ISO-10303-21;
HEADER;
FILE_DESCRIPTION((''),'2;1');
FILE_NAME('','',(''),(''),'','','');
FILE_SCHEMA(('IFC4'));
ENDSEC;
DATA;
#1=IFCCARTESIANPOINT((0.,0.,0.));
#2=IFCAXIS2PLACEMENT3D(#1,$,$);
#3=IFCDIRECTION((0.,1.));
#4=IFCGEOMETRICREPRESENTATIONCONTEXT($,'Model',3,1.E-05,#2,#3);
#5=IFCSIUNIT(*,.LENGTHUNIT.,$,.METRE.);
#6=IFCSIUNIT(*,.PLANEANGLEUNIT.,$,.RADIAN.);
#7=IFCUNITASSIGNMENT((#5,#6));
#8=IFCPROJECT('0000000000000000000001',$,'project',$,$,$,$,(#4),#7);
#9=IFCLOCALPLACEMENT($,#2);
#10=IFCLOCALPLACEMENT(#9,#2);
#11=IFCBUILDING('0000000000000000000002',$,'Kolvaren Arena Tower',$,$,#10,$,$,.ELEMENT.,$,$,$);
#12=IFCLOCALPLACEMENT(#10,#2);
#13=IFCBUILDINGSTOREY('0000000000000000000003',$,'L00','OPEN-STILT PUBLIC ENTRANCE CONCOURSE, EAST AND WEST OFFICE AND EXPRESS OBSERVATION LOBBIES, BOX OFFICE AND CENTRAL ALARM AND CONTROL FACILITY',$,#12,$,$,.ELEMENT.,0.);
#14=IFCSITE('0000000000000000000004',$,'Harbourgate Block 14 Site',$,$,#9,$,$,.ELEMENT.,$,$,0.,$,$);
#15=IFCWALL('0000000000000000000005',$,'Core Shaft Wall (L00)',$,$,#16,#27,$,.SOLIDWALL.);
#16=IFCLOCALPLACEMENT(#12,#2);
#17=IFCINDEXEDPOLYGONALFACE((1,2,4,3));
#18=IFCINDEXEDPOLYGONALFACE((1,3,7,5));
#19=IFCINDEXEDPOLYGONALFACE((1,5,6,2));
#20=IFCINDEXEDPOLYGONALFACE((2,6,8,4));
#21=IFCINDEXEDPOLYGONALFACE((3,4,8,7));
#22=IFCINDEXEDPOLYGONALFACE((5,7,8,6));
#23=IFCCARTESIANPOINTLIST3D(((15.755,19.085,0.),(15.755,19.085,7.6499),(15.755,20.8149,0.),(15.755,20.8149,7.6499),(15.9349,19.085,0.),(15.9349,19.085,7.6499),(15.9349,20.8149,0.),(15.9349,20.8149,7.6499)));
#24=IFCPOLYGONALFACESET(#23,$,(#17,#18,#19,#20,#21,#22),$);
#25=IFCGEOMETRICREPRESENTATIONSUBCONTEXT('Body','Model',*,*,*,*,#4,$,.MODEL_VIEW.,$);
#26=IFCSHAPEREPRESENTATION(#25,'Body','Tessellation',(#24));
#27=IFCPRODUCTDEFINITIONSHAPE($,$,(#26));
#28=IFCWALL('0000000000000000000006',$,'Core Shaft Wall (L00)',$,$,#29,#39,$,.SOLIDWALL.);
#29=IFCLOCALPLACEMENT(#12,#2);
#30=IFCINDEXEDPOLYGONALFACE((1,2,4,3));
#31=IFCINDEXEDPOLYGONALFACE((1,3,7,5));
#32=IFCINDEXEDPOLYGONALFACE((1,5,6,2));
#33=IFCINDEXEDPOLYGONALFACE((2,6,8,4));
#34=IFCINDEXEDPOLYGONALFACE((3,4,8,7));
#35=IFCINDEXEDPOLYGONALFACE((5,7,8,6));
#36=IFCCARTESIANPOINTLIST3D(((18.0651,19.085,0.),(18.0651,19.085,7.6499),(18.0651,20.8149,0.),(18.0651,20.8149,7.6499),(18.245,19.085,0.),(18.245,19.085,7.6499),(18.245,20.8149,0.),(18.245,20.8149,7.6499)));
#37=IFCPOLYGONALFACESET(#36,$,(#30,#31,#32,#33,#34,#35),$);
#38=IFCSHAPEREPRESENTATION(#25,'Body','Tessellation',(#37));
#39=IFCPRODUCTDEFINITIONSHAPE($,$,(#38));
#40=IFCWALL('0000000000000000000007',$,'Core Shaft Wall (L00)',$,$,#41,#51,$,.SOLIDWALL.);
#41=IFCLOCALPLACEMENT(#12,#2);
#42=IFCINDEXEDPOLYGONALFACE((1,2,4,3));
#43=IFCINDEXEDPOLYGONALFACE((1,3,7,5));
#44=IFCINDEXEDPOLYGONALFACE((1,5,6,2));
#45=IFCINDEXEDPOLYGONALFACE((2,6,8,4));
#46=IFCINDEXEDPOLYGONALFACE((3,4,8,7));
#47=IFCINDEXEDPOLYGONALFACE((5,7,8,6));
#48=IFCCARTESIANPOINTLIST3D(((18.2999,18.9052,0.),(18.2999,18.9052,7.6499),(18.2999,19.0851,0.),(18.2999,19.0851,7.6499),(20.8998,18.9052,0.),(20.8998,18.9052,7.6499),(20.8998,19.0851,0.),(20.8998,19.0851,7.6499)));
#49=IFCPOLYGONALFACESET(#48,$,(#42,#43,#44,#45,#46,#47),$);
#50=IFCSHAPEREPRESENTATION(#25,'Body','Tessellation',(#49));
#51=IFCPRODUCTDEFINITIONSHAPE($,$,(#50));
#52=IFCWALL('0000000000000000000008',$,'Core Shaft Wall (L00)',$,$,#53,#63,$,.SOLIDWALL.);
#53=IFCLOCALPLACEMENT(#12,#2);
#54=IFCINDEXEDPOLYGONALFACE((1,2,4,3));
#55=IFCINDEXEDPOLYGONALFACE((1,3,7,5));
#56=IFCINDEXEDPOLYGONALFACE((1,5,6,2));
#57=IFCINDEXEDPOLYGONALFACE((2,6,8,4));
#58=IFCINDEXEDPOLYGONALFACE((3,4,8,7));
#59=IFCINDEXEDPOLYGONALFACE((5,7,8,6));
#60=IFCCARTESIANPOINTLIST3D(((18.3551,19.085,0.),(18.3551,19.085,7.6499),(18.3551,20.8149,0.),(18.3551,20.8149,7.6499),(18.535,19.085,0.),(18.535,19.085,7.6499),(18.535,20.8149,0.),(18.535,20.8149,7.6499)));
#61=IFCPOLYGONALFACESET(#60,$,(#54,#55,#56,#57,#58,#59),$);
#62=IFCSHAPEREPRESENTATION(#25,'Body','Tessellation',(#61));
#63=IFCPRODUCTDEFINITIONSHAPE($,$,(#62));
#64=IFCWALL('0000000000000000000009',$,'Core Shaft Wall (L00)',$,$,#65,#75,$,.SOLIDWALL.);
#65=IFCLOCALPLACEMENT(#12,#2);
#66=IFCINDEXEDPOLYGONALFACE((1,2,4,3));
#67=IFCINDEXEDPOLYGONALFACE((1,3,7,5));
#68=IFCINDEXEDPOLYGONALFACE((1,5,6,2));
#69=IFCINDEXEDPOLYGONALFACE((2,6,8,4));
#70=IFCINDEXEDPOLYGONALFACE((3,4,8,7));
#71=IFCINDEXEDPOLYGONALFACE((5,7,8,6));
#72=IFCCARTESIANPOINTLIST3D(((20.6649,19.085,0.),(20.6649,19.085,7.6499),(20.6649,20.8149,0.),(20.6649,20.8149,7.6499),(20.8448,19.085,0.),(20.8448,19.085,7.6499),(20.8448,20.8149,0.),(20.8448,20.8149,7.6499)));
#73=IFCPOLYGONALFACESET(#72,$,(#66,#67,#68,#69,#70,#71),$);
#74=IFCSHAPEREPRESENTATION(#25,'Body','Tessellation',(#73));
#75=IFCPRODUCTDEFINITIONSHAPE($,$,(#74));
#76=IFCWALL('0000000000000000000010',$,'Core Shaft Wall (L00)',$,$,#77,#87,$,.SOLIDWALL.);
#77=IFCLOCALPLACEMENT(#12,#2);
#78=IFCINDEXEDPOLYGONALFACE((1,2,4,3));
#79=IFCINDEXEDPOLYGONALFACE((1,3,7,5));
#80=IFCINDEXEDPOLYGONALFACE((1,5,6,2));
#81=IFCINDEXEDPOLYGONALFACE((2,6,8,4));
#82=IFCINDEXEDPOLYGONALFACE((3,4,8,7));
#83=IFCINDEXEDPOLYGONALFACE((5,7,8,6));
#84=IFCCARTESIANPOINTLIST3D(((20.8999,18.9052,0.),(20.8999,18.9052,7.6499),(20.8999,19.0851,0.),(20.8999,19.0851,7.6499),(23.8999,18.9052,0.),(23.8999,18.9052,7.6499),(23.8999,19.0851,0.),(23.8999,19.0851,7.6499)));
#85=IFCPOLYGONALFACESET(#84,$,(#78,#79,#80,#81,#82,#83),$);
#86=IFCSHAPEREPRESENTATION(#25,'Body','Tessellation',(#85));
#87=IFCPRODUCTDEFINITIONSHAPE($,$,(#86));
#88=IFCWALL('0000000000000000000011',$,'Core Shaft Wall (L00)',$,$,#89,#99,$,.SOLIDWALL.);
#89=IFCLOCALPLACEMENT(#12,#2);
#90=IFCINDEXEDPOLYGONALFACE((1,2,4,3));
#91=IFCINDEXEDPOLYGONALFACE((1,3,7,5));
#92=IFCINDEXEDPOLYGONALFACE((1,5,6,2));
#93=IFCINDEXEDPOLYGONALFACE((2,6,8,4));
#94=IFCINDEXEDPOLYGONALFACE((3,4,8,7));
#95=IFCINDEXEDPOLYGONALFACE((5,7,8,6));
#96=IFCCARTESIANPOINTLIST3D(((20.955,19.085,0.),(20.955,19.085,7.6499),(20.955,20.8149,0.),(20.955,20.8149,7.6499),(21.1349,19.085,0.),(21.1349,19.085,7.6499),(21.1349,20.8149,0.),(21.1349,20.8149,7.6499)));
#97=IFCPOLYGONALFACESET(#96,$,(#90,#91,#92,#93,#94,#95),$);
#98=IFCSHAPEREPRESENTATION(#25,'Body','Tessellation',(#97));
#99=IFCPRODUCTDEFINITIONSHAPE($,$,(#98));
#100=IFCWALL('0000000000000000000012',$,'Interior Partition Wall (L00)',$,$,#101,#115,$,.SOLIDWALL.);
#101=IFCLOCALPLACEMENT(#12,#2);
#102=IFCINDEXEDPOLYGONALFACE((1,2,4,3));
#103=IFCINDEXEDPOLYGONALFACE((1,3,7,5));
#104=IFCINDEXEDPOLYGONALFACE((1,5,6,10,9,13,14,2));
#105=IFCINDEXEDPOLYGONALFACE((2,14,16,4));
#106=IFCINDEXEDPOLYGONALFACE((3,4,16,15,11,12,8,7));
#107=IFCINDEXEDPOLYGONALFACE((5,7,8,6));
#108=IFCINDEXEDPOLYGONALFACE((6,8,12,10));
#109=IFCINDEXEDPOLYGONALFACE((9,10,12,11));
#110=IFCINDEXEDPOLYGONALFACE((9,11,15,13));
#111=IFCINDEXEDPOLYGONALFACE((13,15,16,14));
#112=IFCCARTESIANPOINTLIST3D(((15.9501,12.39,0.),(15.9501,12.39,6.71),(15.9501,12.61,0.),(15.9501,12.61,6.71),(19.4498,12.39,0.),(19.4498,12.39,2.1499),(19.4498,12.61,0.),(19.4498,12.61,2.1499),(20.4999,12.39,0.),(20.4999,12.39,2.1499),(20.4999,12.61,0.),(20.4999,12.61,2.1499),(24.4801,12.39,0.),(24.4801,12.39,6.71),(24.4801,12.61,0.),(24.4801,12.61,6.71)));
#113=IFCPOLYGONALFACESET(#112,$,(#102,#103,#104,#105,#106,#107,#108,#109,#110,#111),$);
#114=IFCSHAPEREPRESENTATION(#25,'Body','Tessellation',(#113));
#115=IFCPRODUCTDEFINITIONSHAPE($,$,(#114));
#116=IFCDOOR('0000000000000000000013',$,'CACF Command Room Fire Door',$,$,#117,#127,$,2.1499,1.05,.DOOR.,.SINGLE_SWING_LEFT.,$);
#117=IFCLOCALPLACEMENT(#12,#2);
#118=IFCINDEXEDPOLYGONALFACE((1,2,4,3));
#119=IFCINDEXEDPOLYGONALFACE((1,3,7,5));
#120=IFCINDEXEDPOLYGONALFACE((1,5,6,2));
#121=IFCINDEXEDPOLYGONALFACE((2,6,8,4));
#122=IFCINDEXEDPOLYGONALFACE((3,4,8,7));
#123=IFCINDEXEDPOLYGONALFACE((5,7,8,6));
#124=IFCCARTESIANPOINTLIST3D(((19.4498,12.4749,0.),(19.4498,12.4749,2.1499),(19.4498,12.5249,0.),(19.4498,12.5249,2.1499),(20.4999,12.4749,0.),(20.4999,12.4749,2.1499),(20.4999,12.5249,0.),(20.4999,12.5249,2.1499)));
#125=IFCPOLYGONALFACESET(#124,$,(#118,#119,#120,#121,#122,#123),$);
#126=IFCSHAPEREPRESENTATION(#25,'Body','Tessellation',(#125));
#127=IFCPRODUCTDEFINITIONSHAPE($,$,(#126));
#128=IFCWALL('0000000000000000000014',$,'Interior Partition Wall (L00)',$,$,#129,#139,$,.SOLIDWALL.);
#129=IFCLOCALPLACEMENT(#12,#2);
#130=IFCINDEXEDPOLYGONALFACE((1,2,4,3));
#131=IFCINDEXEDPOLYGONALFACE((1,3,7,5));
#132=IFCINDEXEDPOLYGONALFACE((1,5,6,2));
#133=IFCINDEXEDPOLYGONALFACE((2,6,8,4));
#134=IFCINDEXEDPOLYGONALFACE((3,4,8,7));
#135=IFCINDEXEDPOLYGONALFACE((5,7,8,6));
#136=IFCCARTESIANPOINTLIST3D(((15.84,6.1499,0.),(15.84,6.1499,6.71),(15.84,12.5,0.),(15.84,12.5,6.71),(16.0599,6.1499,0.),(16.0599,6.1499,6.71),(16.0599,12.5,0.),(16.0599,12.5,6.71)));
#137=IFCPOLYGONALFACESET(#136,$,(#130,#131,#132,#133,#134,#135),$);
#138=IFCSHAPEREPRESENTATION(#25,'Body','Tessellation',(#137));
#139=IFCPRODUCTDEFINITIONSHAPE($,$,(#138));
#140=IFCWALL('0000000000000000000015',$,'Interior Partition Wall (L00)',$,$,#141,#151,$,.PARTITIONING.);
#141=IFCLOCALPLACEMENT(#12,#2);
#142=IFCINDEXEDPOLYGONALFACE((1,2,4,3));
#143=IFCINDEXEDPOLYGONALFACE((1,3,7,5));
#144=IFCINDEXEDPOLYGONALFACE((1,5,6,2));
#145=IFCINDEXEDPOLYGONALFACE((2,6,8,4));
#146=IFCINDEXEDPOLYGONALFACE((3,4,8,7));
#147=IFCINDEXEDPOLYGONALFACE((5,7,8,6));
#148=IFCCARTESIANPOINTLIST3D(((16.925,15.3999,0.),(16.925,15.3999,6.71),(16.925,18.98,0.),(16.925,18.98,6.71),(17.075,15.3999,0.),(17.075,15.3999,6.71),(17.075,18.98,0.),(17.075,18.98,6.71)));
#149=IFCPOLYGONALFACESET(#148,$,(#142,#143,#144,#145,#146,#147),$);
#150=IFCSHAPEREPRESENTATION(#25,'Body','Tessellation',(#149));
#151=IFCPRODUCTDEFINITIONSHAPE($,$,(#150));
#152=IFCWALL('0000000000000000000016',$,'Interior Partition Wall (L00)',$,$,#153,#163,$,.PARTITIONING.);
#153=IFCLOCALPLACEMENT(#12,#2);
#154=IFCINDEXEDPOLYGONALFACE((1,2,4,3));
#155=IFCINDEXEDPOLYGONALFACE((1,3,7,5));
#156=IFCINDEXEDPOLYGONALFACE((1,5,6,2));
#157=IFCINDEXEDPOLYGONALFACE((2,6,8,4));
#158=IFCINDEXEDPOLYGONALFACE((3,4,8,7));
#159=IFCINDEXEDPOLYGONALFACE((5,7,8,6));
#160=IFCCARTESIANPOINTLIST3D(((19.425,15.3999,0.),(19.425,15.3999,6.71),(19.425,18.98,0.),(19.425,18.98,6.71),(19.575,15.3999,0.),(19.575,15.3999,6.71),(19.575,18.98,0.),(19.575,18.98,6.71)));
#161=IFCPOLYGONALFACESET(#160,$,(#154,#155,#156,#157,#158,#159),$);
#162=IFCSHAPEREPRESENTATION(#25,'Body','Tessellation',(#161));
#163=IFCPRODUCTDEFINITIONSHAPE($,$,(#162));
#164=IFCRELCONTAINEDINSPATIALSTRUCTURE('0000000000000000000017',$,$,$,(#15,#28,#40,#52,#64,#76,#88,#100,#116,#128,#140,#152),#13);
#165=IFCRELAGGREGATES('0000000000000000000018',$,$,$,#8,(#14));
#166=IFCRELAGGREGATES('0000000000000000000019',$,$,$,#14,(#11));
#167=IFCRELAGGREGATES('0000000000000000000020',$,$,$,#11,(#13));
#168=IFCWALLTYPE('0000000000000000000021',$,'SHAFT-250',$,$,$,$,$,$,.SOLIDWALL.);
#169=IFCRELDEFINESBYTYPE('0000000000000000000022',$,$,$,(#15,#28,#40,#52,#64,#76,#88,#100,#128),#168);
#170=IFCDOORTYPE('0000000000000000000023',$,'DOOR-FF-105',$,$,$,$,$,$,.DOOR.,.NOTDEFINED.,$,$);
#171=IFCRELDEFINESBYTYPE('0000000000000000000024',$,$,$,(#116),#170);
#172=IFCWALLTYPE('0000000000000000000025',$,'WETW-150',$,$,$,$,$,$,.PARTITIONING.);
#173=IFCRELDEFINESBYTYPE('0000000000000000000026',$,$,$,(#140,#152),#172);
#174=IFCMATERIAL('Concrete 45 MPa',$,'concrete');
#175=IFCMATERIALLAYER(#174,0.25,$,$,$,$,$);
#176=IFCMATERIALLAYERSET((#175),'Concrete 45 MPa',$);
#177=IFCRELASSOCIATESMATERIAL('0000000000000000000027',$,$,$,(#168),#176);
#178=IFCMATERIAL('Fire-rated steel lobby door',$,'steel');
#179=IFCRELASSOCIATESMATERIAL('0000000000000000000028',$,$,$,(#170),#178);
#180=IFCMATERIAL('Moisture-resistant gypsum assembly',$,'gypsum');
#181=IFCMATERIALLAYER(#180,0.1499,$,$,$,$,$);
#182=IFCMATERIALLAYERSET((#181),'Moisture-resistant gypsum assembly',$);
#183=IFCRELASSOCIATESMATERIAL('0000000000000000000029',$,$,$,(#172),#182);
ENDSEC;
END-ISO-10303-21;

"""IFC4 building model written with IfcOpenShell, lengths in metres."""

from ifc_helpers import new_model, si_unit, direction, frame, frame_2d, origin, place, context, subcontext, project, spatial, rectangle, extrude, material, layer, layer_set, type_object, element, fill, save


model = new_model("IFC4")

# Units and contexts
model_context = context("Model", 3, precision=1e-05, world=origin(), true_north=direction((0.0, 1.0)))
body_context = subcontext(model_context, "Body", "Model", "MODEL_VIEW")
ifc_project = project(units=[si_unit("LENGTHUNIT", "METRE"), si_unit("PLANEANGLEUNIT", "RADIAN")], contexts=[model_context])

# Site, building, storey
site_placement = place(None, origin())
site = spatial("IfcSite", under=ifc_project, at=site_placement, Name="Harbourgate Block 14 Site", CompositionType="ELEMENT", RefElevation=0.0)
building_placement = place(site_placement, origin())
building = spatial("IfcBuilding", under=site, at=building_placement, Name="Kolvaren Arena Tower", CompositionType="ELEMENT")
storey_placement = place(building_placement, origin())
storey = spatial("IfcBuildingStorey", under=building, at=storey_placement, Name="L00", Description="OPEN-STILT PUBLIC ENTRANCE CONCOURSE, EAST AND WEST OFFICE AND EXPRESS OBSERVATION LOBBIES, BOX OFFICE AND CENTRAL ALARM AND CONTROL FACILITY", CompositionType="ELEMENT", Elevation=0.0)

# Walls
ifc_material_1 = material(Name="Concrete 45 MPa", Category="concrete")
ifc_layer_1 = layer(ifc_material_1, 0.25)
ifc_layer_set_1 = layer_set([ifc_layer_1], Name="Concrete 45 MPa")
wall_type_1 = type_object("IfcWallType", Name="SHAFT-250", PredefinedType="SOLIDWALL", material=ifc_layer_set_1)
for number, where, z_axis, x_axis, name in (
    (1, (15.845, 19.085, 0.0), (0.0, 0.0, 1.0), (0.0, 1.0, 0.0), "Core Shaft Wall (L00)"),
    (2, (18.155, 19.085, 0.0), (0.0, 0.0, 1.0), (0.0, 1.0, 0.0), "Core Shaft Wall (L00)"),
):
    element("IfcWall", number, at=place(storey_placement, frame(where, z_axis=z_axis, x_axis=x_axis)), inside=storey, type_object=wall_type_1, Name=name, PredefinedType="SOLIDWALL", context=body_context, shape_type="SweptSolid", body=[
        extrude(rectangle(XDim=1.73, YDim=0.1799, at=frame_2d((0.865, 0.0))), origin(), (0.0, 0.0, 1.0), 7.6499),
    ])
wall_1_placement = place(storey_placement, frame((18.3, 18.9951, 0.0), z_axis=(0.0, 0.0, 1.0), x_axis=(1.0, 0.0, 0.0)))
element("IfcWall", 3, at=wall_1_placement, inside=storey, type_object=wall_type_1, Name="Core Shaft Wall (L00)", PredefinedType="SOLIDWALL", context=body_context, shape_type="SweptSolid", body=[
    extrude(rectangle(XDim=2.5999, YDim=0.1799, at=frame_2d((1.2998, 0.0))), origin(), (0.0, 0.0, 1.0), 7.6499),
])
for number, where, z_axis, x_axis, name in (
    (4, (18.4451, 19.085, 0.0), (0.0, 0.0, 1.0), (0.0, 1.0, 0.0), "Core Shaft Wall (L00)"),
    (5, (20.7549, 19.085, 0.0), (0.0, 0.0, 1.0), (0.0, 1.0, 0.0), "Core Shaft Wall (L00)"),
):
    element("IfcWall", number, at=place(storey_placement, frame(where, z_axis=z_axis, x_axis=x_axis)), inside=storey, type_object=wall_type_1, Name=name, PredefinedType="SOLIDWALL", context=body_context, shape_type="SweptSolid", body=[
        extrude(rectangle(XDim=1.73, YDim=0.1799, at=frame_2d((0.865, 0.0))), origin(), (0.0, 0.0, 1.0), 7.6499),
    ])
wall_2_placement = place(storey_placement, frame((20.8999, 18.9951, 0.0), z_axis=(0.0, 0.0, 1.0), x_axis=(1.0, 0.0, 0.0)))
element("IfcWall", 6, at=wall_2_placement, inside=storey, type_object=wall_type_1, Name="Core Shaft Wall (L00)", PredefinedType="SOLIDWALL", context=body_context, shape_type="SweptSolid", body=[
    extrude(rectangle(XDim=3.0, YDim=0.1799, at=frame_2d((1.5, 0.0))), origin(), (0.0, 0.0, 1.0), 7.6499),
])
wall_3_placement = place(storey_placement, frame((21.0449, 19.085, 0.0), z_axis=(0.0, 0.0, 1.0), x_axis=(0.0, 1.0, 0.0)))
element("IfcWall", 7, at=wall_3_placement, inside=storey, type_object=wall_type_1, Name="Core Shaft Wall (L00)", PredefinedType="SOLIDWALL", context=body_context, shape_type="SweptSolid", body=[
    extrude(rectangle(XDim=1.73, YDim=0.1799, at=frame_2d((0.865, 0.0))), origin(), (0.0, 0.0, 1.0), 7.6499),
])

# Wall, opening, door
wall_4_placement = place(storey_placement, frame((15.95, 12.5, 0.0), z_axis=(0.0, 0.0, 1.0), x_axis=(1.0, 0.0, 0.0)))
wall_4 = element("IfcWall", 8, at=wall_4_placement, inside=storey, type_object=wall_type_1, Name="Interior Partition Wall (L00)", PredefinedType="SOLIDWALL", context=body_context, shape_type="SweptSolid", body=[
    extrude(rectangle(XDim=8.53, YDim=0.22, at=frame_2d((4.2651, 0.0))), origin(), (0.0, 0.0, 1.0), 6.71),
])
opening_1_placement = place(wall_4_placement, frame((3.5, 0.0, 0.0)))
opening_1 = element("IfcOpeningElement", 9, at=opening_1_placement, cuts=wall_4, PredefinedType="OPENING", context=body_context, shape_type="SweptSolid", body=[
    extrude(rectangle(XDim=1.05, YDim=2.1499, at=frame_2d((0.5249, 1.075))), frame((0.0, 0.1199, 0.0), z_axis=(0.0, -1.0, 0.0), x_axis=(1.0, 0.0, 0.0)), (0.0, 0.0, 1.0), 0.24),
])
ifc_material_2 = material(Name="Fire-rated steel lobby door", Category="steel")
door_type_1 = type_object("IfcDoorType", Name="DOOR-FF-105", OperationType="NOTDEFINED", PredefinedType="DOOR", material=ifc_material_2)
door_1_placement = place(opening_1_placement, origin())
door_1 = element("IfcDoor", 10, at=door_1_placement, inside=storey, type_object=door_type_1, Name="CACF Command Room Fire Door", OperationType="SINGLE_SWING_LEFT", OverallHeight=2.1499, OverallWidth=1.05, PredefinedType="DOOR", context=body_context, shape_type="SweptSolid", body=[
    extrude(rectangle(XDim=1.05, YDim=2.1499, at=frame_2d((0.5249, 1.075))), frame((0.0, 0.0249, 0.0), z_axis=(0.0, -1.0, 0.0), x_axis=(1.0, 0.0, 0.0)), (0.0, 0.0, 1.0), 0.05),
])
fill(opening_1, door_1)

# Walls
wall_5_placement = place(storey_placement, frame((15.95, 6.1499, 0.0), z_axis=(0.0, 0.0, 1.0), x_axis=(0.0, 1.0, 0.0)))
element("IfcWall", 11, at=wall_5_placement, inside=storey, type_object=wall_type_1, Name="Interior Partition Wall (L00)", PredefinedType="SOLIDWALL", context=body_context, shape_type="SweptSolid", body=[
    extrude(rectangle(XDim=6.3501, YDim=0.22, at=frame_2d((3.175, 0.0))), origin(), (0.0, 0.0, 1.0), 6.71),
])
ifc_material_3 = material(Name="Moisture-resistant gypsum assembly", Category="gypsum")
ifc_layer_2 = layer(ifc_material_3, 0.1499)
ifc_layer_set_2 = layer_set([ifc_layer_2], Name="Moisture-resistant gypsum assembly")
wall_type_2 = type_object("IfcWallType", Name="WETW-150", PredefinedType="PARTITIONING", material=ifc_layer_set_2)
for number, where, z_axis, x_axis, name in (
    (12, (17.0, 15.3999, 0.0), (0.0, 0.0, 1.0), (0.0, 1.0, 0.0), "Interior Partition Wall (L00)"),
    (13, (19.5, 15.3999, 0.0), (0.0, 0.0, 1.0), (0.0, 1.0, 0.0), "Interior Partition Wall (L00)"),
):
    element("IfcWall", number, at=place(storey_placement, frame(where, z_axis=z_axis, x_axis=x_axis)), inside=storey, type_object=wall_type_2, Name=name, PredefinedType="PARTITIONING", context=body_context, shape_type="SweptSolid", body=[
        extrude(rectangle(XDim=3.5801, YDim=0.1499, at=frame_2d((1.79, 0.0))), origin(), (0.0, 0.0, 1.0), 6.71),
    ])

save(model, "model.ifc")
